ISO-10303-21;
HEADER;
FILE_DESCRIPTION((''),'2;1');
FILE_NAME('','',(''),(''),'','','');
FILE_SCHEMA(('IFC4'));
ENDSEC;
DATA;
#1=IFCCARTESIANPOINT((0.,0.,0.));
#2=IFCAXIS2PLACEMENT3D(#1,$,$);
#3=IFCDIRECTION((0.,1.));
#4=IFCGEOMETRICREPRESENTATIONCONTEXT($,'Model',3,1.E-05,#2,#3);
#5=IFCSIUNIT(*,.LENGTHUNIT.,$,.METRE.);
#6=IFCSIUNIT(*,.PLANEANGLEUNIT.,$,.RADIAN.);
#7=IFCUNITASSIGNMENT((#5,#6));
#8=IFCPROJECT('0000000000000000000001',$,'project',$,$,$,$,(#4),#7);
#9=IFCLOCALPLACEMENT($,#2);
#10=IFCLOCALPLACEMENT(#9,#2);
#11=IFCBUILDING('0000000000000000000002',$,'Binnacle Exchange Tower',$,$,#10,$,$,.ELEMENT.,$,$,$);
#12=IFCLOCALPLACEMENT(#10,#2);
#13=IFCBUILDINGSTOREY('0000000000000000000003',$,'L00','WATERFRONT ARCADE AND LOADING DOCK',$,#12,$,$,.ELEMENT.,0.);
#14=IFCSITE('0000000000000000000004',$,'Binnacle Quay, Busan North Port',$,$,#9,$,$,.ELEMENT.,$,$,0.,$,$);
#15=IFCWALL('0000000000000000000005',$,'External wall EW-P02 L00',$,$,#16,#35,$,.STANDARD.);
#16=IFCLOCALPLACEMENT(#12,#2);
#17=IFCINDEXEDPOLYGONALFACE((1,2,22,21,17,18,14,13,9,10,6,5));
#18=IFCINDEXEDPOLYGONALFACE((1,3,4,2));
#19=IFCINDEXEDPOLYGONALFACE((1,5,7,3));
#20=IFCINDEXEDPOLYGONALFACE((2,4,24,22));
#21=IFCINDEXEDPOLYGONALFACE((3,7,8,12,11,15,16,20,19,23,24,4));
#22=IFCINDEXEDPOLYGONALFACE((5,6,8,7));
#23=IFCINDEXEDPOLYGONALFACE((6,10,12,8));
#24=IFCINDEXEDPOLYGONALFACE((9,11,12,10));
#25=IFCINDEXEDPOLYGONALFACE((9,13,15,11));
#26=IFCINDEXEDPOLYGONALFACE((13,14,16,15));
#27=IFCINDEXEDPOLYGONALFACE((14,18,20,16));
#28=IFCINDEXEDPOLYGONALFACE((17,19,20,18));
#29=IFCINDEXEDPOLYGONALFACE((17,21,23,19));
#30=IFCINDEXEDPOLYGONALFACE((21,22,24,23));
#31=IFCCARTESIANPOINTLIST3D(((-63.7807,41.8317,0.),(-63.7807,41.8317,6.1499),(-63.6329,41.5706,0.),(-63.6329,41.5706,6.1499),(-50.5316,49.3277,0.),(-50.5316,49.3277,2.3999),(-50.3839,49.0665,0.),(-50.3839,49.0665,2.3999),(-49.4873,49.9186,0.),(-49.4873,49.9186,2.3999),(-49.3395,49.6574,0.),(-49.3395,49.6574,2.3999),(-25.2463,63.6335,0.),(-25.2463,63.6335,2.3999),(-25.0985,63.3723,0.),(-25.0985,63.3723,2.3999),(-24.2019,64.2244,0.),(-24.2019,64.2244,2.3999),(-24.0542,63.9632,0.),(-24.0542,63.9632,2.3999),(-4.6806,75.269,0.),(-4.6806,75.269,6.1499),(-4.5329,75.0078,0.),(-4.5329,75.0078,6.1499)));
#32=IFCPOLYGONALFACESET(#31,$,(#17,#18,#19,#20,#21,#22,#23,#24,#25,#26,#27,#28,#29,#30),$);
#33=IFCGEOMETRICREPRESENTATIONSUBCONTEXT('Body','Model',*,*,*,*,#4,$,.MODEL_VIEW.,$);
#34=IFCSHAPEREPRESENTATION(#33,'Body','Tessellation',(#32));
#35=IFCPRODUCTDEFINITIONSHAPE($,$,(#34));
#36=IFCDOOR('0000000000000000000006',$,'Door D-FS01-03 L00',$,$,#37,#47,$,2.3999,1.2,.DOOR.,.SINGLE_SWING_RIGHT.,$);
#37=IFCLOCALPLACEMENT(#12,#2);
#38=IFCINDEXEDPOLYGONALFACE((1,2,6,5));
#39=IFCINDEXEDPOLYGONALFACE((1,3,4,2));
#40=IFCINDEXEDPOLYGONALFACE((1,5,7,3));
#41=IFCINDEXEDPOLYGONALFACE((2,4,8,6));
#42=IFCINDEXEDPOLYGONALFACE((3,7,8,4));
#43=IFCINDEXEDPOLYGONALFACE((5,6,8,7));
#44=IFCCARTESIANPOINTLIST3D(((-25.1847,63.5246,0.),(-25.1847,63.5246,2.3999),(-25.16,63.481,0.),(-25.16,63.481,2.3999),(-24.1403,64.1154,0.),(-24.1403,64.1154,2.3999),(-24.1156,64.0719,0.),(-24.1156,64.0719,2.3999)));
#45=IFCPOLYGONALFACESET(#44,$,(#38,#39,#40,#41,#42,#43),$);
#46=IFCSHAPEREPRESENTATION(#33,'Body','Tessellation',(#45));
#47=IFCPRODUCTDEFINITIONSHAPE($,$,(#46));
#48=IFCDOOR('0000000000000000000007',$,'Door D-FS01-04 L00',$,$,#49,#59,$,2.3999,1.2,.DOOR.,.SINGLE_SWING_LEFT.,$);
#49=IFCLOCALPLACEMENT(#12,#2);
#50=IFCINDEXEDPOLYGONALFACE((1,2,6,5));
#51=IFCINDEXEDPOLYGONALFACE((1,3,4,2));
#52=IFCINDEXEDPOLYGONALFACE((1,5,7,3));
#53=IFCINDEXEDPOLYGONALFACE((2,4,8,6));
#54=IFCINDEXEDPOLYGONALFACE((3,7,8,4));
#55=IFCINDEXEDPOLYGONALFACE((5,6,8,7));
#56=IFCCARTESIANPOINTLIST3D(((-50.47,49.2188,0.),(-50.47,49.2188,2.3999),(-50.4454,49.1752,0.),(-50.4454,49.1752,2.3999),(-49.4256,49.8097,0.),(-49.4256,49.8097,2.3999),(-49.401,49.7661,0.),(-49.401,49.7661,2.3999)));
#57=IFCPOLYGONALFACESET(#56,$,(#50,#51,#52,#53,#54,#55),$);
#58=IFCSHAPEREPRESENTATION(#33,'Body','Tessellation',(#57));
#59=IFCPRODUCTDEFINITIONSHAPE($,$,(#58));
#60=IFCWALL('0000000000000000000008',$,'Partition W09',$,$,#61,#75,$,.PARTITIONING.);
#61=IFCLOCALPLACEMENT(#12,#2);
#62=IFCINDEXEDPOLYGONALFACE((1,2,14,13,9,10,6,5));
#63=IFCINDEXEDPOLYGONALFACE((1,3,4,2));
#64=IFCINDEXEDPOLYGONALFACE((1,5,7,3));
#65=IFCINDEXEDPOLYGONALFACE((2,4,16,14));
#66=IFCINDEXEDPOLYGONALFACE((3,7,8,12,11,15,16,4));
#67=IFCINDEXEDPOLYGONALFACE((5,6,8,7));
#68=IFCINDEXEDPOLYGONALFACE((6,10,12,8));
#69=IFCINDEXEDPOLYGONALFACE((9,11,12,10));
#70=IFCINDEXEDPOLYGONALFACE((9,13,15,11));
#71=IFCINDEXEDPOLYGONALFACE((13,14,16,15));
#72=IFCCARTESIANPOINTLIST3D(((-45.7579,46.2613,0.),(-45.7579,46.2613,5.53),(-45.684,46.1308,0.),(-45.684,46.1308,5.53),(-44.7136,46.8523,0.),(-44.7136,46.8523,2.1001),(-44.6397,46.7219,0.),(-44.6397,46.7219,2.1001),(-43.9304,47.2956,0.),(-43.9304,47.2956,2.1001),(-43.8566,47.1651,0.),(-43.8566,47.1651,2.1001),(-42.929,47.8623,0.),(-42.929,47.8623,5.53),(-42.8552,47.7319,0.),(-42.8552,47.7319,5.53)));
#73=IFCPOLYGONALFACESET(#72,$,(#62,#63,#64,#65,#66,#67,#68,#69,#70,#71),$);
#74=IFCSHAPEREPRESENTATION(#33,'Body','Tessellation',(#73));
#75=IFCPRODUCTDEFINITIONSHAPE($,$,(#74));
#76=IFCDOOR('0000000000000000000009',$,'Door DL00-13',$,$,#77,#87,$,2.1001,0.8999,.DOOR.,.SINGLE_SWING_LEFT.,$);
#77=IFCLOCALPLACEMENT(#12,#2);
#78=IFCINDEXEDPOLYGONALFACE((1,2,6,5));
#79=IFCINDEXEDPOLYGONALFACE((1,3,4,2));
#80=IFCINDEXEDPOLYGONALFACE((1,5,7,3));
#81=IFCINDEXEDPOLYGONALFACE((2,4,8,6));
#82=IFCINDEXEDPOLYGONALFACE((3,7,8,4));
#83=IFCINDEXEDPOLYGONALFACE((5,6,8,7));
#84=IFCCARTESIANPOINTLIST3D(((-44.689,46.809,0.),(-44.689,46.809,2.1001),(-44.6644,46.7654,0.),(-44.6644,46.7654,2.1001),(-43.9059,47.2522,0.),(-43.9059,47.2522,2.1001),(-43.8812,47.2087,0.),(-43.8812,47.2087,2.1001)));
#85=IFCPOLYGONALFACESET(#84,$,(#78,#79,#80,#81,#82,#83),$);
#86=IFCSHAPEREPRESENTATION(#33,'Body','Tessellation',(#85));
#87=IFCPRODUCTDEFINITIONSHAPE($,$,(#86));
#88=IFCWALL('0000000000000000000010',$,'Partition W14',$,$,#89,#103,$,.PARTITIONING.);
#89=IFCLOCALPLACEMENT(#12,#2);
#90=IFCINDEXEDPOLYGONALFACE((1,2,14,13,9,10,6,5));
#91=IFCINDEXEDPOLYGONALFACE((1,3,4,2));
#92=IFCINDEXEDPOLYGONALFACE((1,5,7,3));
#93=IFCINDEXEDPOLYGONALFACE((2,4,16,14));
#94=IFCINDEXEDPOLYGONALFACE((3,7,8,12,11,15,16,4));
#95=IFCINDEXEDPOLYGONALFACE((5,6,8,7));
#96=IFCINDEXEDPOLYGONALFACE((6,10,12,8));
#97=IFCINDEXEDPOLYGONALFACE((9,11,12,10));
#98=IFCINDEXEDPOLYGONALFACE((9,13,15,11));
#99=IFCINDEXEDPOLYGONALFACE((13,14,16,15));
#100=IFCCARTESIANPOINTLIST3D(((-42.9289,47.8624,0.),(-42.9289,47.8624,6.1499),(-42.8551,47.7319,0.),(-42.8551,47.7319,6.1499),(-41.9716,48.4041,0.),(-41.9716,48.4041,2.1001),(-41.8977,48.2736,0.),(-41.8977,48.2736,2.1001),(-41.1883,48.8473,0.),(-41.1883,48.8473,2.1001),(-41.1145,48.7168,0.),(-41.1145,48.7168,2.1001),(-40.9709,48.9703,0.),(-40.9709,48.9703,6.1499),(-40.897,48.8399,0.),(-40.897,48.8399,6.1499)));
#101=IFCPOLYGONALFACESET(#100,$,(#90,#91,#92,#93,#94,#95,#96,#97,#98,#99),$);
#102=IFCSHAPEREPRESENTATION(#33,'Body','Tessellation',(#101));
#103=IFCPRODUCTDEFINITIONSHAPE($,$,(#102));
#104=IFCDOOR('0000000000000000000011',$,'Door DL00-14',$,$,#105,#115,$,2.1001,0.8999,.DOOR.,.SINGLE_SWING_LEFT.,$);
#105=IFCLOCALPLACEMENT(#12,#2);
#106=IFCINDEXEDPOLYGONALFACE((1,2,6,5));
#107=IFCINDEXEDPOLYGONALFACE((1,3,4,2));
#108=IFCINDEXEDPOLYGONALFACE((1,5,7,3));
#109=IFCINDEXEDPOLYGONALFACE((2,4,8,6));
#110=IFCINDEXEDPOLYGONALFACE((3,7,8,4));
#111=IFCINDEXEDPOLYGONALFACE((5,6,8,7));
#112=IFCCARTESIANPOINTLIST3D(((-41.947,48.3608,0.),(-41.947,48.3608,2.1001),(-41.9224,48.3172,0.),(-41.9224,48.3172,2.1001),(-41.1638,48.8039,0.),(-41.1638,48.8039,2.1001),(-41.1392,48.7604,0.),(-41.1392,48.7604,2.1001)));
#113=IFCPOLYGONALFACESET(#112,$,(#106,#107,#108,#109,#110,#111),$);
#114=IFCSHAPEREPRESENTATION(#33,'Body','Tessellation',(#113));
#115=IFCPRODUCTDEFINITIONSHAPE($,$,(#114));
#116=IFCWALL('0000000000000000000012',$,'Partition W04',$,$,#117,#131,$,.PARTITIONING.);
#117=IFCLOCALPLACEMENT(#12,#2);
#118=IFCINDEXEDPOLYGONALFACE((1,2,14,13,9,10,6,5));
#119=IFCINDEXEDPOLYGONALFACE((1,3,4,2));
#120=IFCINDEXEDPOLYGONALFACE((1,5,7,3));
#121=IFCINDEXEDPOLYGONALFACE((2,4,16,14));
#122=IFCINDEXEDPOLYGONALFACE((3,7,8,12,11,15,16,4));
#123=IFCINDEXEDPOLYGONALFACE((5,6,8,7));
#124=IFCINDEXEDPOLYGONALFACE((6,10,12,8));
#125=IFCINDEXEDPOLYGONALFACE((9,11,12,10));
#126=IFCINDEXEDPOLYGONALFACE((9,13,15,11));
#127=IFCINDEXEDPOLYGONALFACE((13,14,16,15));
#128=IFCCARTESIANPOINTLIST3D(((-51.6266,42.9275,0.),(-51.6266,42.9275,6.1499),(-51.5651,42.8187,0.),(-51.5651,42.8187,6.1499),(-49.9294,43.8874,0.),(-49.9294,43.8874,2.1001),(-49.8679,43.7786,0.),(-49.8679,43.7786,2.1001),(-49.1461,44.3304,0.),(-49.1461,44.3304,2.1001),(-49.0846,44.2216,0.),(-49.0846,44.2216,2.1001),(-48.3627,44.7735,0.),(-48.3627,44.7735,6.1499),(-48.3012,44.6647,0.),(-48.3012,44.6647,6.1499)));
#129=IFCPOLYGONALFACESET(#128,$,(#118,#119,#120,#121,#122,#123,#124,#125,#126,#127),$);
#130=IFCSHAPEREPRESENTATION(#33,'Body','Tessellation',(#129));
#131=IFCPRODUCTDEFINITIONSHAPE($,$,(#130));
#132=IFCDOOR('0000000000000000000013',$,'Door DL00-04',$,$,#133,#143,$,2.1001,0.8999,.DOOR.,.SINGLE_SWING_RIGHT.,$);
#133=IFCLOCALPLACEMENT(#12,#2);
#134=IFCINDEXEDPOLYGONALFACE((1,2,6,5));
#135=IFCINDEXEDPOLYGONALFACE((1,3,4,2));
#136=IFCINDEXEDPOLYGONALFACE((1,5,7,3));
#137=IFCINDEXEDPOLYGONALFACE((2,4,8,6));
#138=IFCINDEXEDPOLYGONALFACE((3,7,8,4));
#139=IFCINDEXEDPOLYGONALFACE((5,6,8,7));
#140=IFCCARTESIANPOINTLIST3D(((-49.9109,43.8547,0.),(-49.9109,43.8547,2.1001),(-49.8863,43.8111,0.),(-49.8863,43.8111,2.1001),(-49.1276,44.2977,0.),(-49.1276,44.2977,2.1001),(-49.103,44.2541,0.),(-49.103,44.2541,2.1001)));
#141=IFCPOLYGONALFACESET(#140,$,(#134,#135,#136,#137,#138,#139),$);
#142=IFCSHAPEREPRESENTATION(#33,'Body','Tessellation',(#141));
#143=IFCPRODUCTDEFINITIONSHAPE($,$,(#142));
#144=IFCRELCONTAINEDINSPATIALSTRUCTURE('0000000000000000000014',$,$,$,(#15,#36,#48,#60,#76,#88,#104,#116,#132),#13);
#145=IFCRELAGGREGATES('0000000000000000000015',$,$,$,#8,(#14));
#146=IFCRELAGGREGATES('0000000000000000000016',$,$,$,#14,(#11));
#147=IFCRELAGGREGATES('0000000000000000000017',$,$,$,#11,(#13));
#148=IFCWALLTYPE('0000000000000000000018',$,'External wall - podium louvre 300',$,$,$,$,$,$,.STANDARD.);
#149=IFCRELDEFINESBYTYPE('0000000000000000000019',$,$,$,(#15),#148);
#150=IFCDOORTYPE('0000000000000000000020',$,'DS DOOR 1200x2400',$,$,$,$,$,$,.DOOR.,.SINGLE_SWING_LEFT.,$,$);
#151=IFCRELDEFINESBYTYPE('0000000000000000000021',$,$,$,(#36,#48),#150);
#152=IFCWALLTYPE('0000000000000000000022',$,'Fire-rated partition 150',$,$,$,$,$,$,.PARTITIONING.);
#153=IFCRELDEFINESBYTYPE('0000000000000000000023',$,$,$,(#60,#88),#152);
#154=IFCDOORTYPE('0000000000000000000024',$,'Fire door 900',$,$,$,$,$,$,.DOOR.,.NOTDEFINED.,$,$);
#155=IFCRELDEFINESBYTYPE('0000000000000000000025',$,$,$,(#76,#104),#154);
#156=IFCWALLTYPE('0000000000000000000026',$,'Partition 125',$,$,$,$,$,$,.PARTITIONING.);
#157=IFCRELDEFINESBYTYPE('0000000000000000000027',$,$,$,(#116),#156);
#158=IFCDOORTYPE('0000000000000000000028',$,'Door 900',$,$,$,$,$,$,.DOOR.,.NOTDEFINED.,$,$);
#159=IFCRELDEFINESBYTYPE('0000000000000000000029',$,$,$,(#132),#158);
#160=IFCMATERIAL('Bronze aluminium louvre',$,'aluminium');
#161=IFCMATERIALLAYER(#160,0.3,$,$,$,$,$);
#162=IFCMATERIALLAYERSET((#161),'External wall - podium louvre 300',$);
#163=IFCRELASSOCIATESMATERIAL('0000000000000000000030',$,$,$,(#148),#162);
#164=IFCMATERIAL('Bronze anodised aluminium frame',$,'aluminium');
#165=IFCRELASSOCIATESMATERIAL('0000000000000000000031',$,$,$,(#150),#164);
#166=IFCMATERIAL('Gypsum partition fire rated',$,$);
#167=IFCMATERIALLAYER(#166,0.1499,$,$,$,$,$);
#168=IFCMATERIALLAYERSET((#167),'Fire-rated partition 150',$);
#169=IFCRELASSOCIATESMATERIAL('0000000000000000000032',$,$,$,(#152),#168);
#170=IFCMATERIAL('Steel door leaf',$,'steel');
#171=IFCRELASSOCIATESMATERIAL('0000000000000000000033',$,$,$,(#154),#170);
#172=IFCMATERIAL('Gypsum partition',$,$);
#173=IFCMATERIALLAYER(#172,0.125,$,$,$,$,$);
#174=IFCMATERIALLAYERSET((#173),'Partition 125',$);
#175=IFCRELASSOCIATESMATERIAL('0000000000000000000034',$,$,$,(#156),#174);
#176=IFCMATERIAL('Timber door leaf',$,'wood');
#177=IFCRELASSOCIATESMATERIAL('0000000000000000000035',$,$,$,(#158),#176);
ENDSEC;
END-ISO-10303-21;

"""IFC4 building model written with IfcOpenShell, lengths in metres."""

from ifc_helpers import new_model, si_unit, direction, frame, frame_2d, origin, place, context, subcontext, project, spatial, rectangle, extrude, material, layer, layer_set, type_object, element, fill, save


model = new_model("IFC4")

# Units and contexts
model_context = context("Model", 3, precision=1e-05, world=origin(), true_north=direction((0.0, 1.0)))
body_context = subcontext(model_context, "Body", "Model", "MODEL_VIEW")
ifc_project = project(units=[si_unit("LENGTHUNIT", "METRE"), si_unit("PLANEANGLEUNIT", "RADIAN")], contexts=[model_context])

# Site, building, storey
site_placement = place(None, origin())
site = spatial("IfcSite", under=ifc_project, at=site_placement, Name="Binnacle Quay, Busan North Port", CompositionType="ELEMENT", RefElevation=0.0)
building_placement = place(site_placement, origin())
building = spatial("IfcBuilding", under=site, at=building_placement, Name="Binnacle Exchange Tower", CompositionType="ELEMENT")
storey_placement = place(building_placement, origin())
storey = spatial("IfcBuildingStorey", under=building, at=storey_placement, Name="L00", Description="WATERFRONT ARCADE AND LOADING DOCK", CompositionType="ELEMENT", Elevation=0.0)

# Shared definitions
ifc_material_1 = material(Name="Steel door leaf", Category="steel")

# Wall, openings, doors
ifc_material_2 = material(Name="Bronze aluminium louvre", Category="aluminium")
ifc_layer_1 = layer(ifc_material_2, 0.3)
ifc_layer_set_1 = layer_set([ifc_layer_1], Name="External wall - podium louvre 300")
wall_type_1 = type_object("IfcWallType", Name="External wall - podium louvre 300", PredefinedType="STANDARD", material=ifc_layer_set_1)
wall_1_placement = place(storey_placement, frame((-63.7068, 41.7012, 0.0), z_axis=(0.0, 0.0, 1.0), x_axis=(0.870356, 0.492424, 0.0)))
wall_1 = element("IfcWall", 1, at=wall_1_placement, inside=storey, type_object=wall_type_1, Name="External wall EW-P02 L00", PredefinedType="STANDARD", context=body_context, shape_type="SweptSolid", body=[
    extrude(rectangle(XDim=67.9033, YDim=0.3, at=frame_2d((33.9517, 0.0))), origin(), (0.0, 0.0, 1.0), 6.1499),
])
opening_1_placement = place(wall_1_placement, frame((44.2742, 0.0, 0.0)))
opening_1 = element("IfcOpeningElement", 2, at=opening_1_placement, cuts=wall_1, PredefinedType="OPENING", context=body_context, shape_type="SweptSolid", body=[
    extrude(rectangle(XDim=1.2, YDim=2.3999, at=frame_2d((0.6001, 1.2))), frame((0.0, 0.1599, 0.0), z_axis=(0.0, -1.0, 0.0), x_axis=(1.0, 0.0, 0.0)), (0.0, 0.0, 1.0), 0.3201),
])
opening_2_placement = place(wall_1_placement, frame((15.2224, 0.0, 0.0)))
opening_2 = element("IfcOpeningElement", 3, at=opening_2_placement, cuts=wall_1, PredefinedType="OPENING", context=body_context, shape_type="SweptSolid", body=[
    extrude(rectangle(XDim=1.2, YDim=2.3999, at=frame_2d((0.6001, 1.2))), frame((0.0, 0.1599, 0.0), z_axis=(0.0, -1.0, 0.0), x_axis=(1.0, 0.0, 0.0)), (0.0, 0.0, 1.0), 0.3201),
])
ifc_material_3 = material(Name="Bronze anodised aluminium frame", Category="aluminium")
door_type_1 = type_object("IfcDoorType", Name="DS DOOR 1200x2400", OperationType="SINGLE_SWING_LEFT", PredefinedType="DOOR", material=ifc_material_3)
door_1_placement = place(opening_1_placement, origin())
door_1 = element("IfcDoor", 4, at=door_1_placement, inside=storey, type_object=door_type_1, Name="Door D-FS01-03 L00", OperationType="SINGLE_SWING_RIGHT", OverallHeight=2.3999, OverallWidth=1.2, PredefinedType="DOOR", context=body_context, shape_type="SweptSolid", body=[
    extrude(rectangle(XDim=1.2, YDim=2.3999, at=frame_2d((0.6001, 1.2))), frame((0.0, 0.0249, 0.0), z_axis=(0.0, -1.0, 0.0), x_axis=(1.0, 0.0, 0.0)), (0.0, 0.0, 1.0), 0.05),
])
fill(opening_1, door_1)
door_2_placement = place(opening_2_placement, origin())
door_2 = element("IfcDoor", 5, at=door_2_placement, inside=storey, type_object=door_type_1, Name="Door D-FS01-04 L00", OperationType="SINGLE_SWING_LEFT", OverallHeight=2.3999, OverallWidth=1.2, PredefinedType="DOOR", context=body_context, shape_type="SweptSolid", body=[
    extrude(rectangle(XDim=1.2, YDim=2.3999, at=frame_2d((0.6001, 1.2))), frame((0.0, 0.0249, 0.0), z_axis=(0.0, -1.0, 0.0), x_axis=(1.0, 0.0, 0.0)), (0.0, 0.0, 1.0), 0.05),
])
fill(opening_2, door_2)

# Walls, openings, doors
ifc_material_4 = material(Name="Gypsum partition fire rated")
ifc_layer_2 = layer(ifc_material_4, 0.1499)
ifc_layer_set_2 = layer_set([ifc_layer_2], Name="Fire-rated partition 150")
wall_type_2 = type_object("IfcWallType", Name="Fire-rated partition 150", PredefinedType="PARTITIONING", material=ifc_layer_set_2)
wall_2_placement = place(storey_placement, frame((-45.7209, 46.196, 0.0), z_axis=(0.0, 0.0, 1.0), x_axis=(0.870279, 0.49256, 0.0)))
wall_2 = element("IfcWall", 6, at=wall_2_placement, inside=storey, type_object=wall_type_2, Name="Partition W09", PredefinedType="PARTITIONING", context=body_context, shape_type="SweptSolid", body=[
    extrude(rectangle(XDim=3.2505, YDim=0.1499, at=frame_2d((1.6252, 0.0))), origin(), (0.0, 0.0, 1.0), 5.53),
])
opening_3_placement = place(wall_2_placement, frame((1.2, 0.0, 0.0)))
opening_3 = element("IfcOpeningElement", 7, at=opening_3_placement, cuts=wall_2, PredefinedType="OPENING", context=body_context, shape_type="SweptSolid", body=[
    extrude(rectangle(XDim=0.8999, YDim=2.1001, at=frame_2d((0.45, 1.05))), frame((0.0, 0.085, 0.0), z_axis=(0.0, -1.0, 0.0), x_axis=(1.0, 0.0, 0.0)), (0.0, 0.0, 1.0), 0.1699),
])
door_type_2 = type_object("IfcDoorType", Name="Fire door 900", OperationType="NOTDEFINED", PredefinedType="DOOR", material=ifc_material_1)
door_3_placement = place(opening_3_placement, frame((0.8999, 0.0, 0.0), z_axis=(0.0, 0.0, 1.0), x_axis=(-1.0, 0.0, 0.0)))
door_3 = element("IfcDoor", 8, at=door_3_placement, inside=storey, type_object=door_type_2, Name="Door DL00-13", OperationType="SINGLE_SWING_LEFT", OverallHeight=2.1001, OverallWidth=0.8999, PredefinedType="DOOR", context=body_context, shape_type="SweptSolid", body=[
    extrude(rectangle(XDim=0.8999, YDim=2.1001, at=frame_2d((0.45, 1.05))), frame((0.0, 0.0249, 0.0), z_axis=(0.0, -1.0, 0.0), x_axis=(1.0, 0.0, 0.0)), (0.0, 0.0, 1.0), 0.05),
])
fill(opening_3, door_3)
wall_3_placement = place(storey_placement, frame((-42.8921, 47.7971, 0.0), z_axis=(0.0, 0.0, 1.0), x_axis=(0.870332, 0.492465, 0.0)))
wall_3 = element("IfcWall", 9, at=wall_3_placement, inside=storey, type_object=wall_type_2, Name="Partition W14", PredefinedType="PARTITIONING", context=body_context, shape_type="SweptSolid", body=[
    extrude(rectangle(XDim=2.2498, YDim=0.1499, at=frame_2d((1.125, 0.0))), origin(), (0.0, 0.0, 1.0), 6.1499),
])
opening_4_placement = place(wall_3_placement, frame((1.1001, 0.0, 0.0)))
opening_4 = element("IfcOpeningElement", 10, at=opening_4_placement, cuts=wall_3, PredefinedType="OPENING", context=body_context, shape_type="SweptSolid", body=[
    extrude(rectangle(XDim=0.8999, YDim=2.1001, at=frame_2d((0.45, 1.05))), frame((0.0, 0.085, 0.0), z_axis=(0.0, -1.0, 0.0), x_axis=(1.0, 0.0, 0.0)), (0.0, 0.0, 1.0), 0.1699),
])
door_4_placement = place(opening_4_placement, frame((0.8999, 0.0, 0.0), z_axis=(0.0, 0.0, 1.0), x_axis=(-1.0, 0.0, 0.0)))
door_4 = element("IfcDoor", 11, at=door_4_placement, inside=storey, type_object=door_type_2, Name="Door DL00-14", OperationType="SINGLE_SWING_LEFT", OverallHeight=2.1001, OverallWidth=0.8999, PredefinedType="DOOR", context=body_context, shape_type="SweptSolid", body=[
    extrude(rectangle(XDim=0.8999, YDim=2.1001, at=frame_2d((0.45, 1.05))), frame((0.0, 0.0249, 0.0), z_axis=(0.0, -1.0, 0.0), x_axis=(1.0, 0.0, 0.0)), (0.0, 0.0, 1.0), 0.05),
])
fill(opening_4, door_4)
ifc_material_5 = material(Name="Gypsum partition")
ifc_layer_3 = layer(ifc_material_5, 0.125)
ifc_layer_set_3 = layer_set([ifc_layer_3], Name="Partition 125")
wall_type_3 = type_object("IfcWallType", Name="Partition 125", PredefinedType="PARTITIONING", material=ifc_layer_set_3)
wall_4_placement = place(storey_placement, frame((-51.5959, 42.873, 0.0), z_axis=(0.0, 0.0, 1.0), x_axis=(0.870434, 0.492285, 0.0)))
wall_4 = element("IfcWall", 12, at=wall_4_placement, inside=storey, type_object=wall_type_3, Name="Partition W04", PredefinedType="PARTITIONING", context=body_context, shape_type="SweptSolid", body=[
    extrude(rectangle(XDim=3.7498, YDim=0.125, at=frame_2d((1.875, 0.0))), origin(), (0.0, 0.0, 1.0), 6.1499),
])
opening_5_placement = place(wall_4_placement, frame((1.95, 0.0, 0.0)))
opening_5 = element("IfcOpeningElement", 13, at=opening_5_placement, cuts=wall_4, PredefinedType="OPENING", context=body_context, shape_type="SweptSolid", body=[
    extrude(rectangle(XDim=0.8999, YDim=2.1001, at=frame_2d((0.45, 1.05))), frame((0.0, 0.0725, 0.0), z_axis=(0.0, -1.0, 0.0), x_axis=(1.0, 0.0, 0.0)), (0.0, 0.0, 1.0), 0.145),
])
ifc_material_6 = material(Name="Timber door leaf", Category="wood")
door_type_3 = type_object("IfcDoorType", Name="Door 900", OperationType="NOTDEFINED", PredefinedType="DOOR", material=ifc_material_6)
door_5_placement = place(opening_5_placement, origin())
door_5 = element("IfcDoor", 14, at=door_5_placement, inside=storey, type_object=door_type_3, Name="Door DL00-04", OperationType="SINGLE_SWING_RIGHT", OverallHeight=2.1001, OverallWidth=0.8999, PredefinedType="DOOR", context=body_context, shape_type="SweptSolid", body=[
    extrude(rectangle(XDim=0.8999, YDim=2.1001, at=frame_2d((0.45, 1.05))), frame((0.0, 0.0249, 0.0), z_axis=(0.0, -1.0, 0.0), x_axis=(1.0, 0.0, 0.0)), (0.0, 0.0, 1.0), 0.05),
])
fill(opening_5, door_5)

save(model, "model.ifc")
